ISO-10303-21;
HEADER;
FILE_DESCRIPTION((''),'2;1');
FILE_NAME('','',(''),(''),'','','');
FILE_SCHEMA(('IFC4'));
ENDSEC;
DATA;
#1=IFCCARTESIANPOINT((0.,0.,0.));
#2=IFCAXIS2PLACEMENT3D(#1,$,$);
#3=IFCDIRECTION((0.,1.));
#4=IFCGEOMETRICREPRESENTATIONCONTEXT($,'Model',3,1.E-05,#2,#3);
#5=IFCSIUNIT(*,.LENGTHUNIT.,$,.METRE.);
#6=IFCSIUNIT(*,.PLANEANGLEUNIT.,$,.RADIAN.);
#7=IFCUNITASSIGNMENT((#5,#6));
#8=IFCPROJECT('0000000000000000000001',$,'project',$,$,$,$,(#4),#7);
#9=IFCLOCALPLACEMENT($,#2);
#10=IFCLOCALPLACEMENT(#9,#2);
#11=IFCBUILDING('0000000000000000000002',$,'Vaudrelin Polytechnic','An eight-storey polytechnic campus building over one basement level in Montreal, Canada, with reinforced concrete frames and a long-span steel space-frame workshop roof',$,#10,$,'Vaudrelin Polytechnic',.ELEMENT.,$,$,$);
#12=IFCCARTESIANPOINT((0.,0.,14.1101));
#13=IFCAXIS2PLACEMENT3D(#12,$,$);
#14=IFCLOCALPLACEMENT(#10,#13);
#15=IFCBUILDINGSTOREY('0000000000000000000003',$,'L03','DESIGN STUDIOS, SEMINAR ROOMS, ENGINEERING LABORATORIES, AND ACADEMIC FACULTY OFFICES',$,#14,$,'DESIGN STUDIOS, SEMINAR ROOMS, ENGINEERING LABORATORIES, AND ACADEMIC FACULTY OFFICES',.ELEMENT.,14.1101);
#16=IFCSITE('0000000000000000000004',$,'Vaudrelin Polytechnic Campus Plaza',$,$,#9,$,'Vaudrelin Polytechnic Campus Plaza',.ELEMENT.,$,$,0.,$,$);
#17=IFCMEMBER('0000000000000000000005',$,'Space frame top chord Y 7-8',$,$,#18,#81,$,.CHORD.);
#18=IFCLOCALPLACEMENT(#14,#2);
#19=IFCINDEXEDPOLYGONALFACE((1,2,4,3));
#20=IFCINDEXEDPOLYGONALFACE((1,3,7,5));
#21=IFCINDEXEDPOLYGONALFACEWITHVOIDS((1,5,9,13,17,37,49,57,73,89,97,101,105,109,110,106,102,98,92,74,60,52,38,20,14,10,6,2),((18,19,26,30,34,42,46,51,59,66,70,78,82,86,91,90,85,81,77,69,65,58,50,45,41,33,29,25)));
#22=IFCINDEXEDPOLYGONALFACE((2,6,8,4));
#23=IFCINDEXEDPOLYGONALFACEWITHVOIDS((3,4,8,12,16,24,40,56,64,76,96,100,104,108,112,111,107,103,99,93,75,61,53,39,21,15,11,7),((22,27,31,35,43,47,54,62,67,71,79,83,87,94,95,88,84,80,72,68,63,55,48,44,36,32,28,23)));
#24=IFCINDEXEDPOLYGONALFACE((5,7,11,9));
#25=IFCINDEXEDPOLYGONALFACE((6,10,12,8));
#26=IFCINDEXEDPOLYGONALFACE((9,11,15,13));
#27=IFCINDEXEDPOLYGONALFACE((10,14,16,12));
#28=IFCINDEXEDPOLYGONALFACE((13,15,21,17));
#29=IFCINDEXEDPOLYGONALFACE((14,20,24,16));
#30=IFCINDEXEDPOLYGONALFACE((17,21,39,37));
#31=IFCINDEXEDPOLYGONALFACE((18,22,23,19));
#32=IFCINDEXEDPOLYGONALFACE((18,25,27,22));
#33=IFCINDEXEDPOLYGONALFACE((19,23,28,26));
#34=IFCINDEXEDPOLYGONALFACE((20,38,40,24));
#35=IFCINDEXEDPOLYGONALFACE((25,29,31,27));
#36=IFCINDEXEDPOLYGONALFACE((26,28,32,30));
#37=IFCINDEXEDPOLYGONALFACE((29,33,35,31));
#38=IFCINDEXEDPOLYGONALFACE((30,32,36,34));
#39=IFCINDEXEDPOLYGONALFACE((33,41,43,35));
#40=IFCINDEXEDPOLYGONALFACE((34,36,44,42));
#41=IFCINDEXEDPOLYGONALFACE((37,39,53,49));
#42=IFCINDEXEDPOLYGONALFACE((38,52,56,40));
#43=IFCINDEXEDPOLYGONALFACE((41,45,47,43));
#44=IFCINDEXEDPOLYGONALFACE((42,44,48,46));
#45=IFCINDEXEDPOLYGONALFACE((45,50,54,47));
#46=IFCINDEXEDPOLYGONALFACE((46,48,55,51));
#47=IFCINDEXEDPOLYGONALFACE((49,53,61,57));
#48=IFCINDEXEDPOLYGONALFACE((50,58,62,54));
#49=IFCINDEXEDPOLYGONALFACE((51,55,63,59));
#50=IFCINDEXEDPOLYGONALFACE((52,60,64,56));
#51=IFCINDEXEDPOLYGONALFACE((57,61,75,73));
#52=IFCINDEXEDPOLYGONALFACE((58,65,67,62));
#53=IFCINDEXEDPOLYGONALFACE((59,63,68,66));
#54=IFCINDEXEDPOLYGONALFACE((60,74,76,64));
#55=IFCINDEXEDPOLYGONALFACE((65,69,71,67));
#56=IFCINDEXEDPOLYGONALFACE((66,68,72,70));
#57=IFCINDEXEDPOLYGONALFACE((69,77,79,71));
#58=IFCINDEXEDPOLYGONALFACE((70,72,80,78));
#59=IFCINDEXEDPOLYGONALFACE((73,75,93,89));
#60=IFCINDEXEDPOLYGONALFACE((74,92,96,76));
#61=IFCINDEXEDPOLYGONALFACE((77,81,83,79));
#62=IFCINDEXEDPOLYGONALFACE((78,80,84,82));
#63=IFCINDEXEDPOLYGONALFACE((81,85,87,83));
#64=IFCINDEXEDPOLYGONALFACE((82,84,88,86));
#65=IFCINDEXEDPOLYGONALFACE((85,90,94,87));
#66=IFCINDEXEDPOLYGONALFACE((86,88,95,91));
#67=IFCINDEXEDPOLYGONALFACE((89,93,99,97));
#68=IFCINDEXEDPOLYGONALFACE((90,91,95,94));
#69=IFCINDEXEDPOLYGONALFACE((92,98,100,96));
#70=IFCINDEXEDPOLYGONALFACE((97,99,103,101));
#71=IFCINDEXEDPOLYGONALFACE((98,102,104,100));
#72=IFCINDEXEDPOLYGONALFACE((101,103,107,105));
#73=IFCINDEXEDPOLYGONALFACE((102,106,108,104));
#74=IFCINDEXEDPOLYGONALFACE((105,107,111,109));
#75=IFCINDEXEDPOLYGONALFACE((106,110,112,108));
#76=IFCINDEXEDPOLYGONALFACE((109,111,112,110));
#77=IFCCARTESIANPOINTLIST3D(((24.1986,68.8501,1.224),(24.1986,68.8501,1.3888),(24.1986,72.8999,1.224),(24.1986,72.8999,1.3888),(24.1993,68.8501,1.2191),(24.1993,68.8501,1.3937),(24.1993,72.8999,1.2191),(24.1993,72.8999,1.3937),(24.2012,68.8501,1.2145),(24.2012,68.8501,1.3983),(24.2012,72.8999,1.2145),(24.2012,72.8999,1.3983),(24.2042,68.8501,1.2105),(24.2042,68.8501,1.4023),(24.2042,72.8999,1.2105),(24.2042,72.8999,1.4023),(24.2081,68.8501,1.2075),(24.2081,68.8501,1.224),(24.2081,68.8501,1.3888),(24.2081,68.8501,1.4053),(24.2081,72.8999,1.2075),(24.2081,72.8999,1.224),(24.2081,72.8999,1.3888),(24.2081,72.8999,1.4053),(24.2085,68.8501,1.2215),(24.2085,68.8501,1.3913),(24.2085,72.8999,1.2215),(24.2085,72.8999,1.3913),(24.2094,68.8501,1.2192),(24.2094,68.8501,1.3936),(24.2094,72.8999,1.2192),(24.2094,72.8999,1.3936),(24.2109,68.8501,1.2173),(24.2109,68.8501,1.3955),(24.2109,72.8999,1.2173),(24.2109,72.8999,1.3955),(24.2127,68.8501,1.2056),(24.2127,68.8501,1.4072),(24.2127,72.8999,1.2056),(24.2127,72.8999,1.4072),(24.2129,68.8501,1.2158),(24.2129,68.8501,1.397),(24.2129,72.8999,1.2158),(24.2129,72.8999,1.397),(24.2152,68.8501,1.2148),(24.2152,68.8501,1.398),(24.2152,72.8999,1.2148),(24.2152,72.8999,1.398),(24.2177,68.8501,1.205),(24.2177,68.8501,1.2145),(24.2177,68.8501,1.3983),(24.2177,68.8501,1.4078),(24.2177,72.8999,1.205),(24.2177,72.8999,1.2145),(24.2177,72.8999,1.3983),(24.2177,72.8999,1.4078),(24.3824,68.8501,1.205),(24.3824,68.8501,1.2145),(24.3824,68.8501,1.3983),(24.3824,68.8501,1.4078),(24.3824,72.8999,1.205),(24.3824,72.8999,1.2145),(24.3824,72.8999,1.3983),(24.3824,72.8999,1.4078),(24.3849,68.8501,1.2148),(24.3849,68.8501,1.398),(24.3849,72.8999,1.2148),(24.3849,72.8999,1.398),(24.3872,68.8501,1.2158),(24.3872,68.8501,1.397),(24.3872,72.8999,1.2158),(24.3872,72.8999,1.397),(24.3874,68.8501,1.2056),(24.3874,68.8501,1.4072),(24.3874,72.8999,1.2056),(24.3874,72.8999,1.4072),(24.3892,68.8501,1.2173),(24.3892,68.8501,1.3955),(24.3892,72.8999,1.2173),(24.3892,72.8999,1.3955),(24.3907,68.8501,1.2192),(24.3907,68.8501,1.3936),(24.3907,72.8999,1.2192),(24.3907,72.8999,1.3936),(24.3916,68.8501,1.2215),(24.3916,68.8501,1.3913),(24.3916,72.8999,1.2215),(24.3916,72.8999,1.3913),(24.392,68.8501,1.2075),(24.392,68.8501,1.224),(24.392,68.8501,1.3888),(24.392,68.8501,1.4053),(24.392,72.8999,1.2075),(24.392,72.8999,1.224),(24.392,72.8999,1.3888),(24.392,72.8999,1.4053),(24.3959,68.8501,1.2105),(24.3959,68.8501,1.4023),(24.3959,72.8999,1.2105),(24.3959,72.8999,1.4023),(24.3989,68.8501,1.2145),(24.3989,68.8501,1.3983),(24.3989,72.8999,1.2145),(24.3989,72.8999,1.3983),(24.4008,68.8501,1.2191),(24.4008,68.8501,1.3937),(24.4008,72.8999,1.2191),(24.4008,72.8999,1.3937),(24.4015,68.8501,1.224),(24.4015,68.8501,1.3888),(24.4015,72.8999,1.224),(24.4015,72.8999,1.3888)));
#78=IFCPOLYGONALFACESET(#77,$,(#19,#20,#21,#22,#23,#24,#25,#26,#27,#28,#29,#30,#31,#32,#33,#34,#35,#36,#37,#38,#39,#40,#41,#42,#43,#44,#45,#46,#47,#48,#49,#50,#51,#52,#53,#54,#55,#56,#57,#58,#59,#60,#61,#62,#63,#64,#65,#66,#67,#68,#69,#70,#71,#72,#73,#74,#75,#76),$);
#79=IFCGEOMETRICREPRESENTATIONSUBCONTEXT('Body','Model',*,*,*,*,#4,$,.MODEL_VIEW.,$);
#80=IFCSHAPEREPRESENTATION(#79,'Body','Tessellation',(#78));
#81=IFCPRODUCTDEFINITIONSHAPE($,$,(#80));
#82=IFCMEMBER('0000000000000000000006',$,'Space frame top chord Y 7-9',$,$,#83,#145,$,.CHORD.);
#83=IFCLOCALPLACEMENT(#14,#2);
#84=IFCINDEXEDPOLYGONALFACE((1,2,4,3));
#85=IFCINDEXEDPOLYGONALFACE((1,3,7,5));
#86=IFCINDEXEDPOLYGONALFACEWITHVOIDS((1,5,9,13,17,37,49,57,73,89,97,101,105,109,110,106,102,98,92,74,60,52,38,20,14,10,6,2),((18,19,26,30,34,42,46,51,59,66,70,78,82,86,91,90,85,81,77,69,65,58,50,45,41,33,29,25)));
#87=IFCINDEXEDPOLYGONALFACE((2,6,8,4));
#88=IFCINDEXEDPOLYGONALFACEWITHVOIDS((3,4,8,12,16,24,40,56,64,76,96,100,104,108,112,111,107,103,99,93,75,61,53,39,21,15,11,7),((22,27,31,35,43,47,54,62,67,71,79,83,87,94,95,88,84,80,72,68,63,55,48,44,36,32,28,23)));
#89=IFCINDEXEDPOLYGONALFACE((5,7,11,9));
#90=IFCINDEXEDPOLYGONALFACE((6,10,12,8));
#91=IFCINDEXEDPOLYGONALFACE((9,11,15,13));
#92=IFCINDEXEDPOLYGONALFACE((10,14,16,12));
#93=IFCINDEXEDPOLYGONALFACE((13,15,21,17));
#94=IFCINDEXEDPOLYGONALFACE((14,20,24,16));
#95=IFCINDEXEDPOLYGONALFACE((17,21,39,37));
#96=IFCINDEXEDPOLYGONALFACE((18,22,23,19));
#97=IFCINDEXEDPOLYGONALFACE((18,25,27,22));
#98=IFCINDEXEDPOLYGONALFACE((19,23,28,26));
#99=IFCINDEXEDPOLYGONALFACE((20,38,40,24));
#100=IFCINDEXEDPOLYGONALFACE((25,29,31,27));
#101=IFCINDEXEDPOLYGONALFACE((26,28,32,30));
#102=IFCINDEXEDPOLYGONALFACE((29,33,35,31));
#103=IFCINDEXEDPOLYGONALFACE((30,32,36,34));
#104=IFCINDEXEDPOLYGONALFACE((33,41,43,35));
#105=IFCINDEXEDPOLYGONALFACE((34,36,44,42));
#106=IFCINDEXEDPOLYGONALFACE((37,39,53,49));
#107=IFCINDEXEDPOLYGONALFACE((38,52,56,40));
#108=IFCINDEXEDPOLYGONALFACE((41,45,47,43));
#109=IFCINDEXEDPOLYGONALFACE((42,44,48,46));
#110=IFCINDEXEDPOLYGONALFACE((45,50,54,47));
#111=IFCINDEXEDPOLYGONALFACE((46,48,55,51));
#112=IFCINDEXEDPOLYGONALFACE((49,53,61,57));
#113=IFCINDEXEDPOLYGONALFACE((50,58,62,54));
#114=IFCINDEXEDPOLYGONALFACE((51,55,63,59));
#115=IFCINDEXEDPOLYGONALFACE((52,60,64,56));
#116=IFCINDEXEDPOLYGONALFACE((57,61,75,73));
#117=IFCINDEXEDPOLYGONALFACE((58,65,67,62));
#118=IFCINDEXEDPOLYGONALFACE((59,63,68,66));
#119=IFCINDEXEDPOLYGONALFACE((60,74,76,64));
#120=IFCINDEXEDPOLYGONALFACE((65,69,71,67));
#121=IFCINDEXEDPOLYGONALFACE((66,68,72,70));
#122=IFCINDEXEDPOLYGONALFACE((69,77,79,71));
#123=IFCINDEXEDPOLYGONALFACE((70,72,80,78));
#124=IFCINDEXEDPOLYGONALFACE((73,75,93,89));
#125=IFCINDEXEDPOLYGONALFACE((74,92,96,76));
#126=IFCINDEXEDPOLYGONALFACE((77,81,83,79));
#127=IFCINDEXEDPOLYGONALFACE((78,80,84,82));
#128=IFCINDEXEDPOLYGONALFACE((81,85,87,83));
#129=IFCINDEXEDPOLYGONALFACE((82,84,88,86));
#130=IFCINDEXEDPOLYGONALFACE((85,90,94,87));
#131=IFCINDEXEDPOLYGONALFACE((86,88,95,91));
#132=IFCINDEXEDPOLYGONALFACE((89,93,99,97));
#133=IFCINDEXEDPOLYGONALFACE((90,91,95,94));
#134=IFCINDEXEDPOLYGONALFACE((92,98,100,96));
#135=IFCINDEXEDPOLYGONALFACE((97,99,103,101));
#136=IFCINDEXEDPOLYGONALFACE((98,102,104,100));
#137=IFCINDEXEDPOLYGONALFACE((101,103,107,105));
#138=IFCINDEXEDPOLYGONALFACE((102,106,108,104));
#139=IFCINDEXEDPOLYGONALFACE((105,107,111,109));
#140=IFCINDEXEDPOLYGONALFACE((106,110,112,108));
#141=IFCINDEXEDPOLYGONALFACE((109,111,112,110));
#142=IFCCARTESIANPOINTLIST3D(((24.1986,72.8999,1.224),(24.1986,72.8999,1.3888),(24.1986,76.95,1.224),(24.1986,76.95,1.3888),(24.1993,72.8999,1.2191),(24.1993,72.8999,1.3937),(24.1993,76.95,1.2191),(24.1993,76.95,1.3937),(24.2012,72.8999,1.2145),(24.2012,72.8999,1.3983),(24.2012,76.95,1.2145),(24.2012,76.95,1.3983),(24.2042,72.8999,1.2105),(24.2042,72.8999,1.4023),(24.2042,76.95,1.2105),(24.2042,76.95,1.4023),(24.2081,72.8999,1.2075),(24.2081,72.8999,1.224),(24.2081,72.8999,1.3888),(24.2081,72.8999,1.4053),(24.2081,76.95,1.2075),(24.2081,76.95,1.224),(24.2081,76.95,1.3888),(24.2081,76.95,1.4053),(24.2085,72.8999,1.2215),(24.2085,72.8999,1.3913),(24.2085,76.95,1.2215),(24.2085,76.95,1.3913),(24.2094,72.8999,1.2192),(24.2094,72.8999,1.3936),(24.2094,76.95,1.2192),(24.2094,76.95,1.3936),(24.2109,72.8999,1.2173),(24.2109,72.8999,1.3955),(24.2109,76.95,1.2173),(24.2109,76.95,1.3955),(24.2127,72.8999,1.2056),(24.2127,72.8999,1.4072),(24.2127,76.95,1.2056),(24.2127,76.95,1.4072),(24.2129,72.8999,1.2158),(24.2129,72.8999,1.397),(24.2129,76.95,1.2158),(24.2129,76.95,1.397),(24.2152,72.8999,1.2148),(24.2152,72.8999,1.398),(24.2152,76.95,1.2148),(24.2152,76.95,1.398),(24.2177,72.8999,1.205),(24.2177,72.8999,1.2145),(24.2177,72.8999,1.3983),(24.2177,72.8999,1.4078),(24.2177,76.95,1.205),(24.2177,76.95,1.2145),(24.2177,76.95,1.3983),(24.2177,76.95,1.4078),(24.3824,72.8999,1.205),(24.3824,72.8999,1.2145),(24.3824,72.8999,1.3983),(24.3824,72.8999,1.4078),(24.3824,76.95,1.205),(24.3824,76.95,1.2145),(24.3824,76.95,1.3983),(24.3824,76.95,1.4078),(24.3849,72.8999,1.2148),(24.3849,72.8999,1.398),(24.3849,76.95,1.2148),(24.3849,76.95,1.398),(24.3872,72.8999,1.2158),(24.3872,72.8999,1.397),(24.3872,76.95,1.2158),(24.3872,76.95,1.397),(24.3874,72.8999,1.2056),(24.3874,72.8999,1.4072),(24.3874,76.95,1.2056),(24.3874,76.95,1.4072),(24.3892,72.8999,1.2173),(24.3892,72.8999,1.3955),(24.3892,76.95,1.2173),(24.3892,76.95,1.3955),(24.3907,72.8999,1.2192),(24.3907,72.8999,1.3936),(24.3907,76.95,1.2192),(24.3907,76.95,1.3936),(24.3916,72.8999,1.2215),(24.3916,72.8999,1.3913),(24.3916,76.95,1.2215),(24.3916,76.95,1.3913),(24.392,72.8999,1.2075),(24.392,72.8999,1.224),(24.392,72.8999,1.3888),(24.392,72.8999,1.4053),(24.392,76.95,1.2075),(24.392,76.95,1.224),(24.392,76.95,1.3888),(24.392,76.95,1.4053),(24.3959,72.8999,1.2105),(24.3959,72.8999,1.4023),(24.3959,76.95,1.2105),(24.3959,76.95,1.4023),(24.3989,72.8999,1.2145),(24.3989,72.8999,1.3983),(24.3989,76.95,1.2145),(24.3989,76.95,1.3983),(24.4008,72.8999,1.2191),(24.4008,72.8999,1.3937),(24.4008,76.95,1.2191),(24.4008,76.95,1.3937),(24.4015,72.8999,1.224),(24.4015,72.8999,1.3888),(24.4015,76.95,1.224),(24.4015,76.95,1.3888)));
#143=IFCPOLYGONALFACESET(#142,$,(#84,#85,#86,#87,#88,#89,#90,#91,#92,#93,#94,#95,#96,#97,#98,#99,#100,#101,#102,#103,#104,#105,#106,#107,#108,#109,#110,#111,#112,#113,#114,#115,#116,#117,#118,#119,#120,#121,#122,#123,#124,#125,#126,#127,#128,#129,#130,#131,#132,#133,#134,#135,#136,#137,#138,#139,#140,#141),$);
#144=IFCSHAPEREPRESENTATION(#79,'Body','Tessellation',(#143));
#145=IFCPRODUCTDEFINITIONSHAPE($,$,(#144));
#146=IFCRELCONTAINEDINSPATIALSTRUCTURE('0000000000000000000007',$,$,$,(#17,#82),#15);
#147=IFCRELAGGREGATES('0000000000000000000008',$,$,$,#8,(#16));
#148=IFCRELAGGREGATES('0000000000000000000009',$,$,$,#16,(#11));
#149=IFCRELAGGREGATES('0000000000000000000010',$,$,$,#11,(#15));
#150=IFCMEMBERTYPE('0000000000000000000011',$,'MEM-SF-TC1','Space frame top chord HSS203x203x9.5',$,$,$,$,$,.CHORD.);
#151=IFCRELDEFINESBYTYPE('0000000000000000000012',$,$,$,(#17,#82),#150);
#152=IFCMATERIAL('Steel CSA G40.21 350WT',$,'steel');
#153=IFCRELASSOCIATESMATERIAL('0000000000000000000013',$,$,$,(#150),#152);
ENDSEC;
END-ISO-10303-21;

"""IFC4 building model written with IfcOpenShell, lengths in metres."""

from ifc_helpers import new_model, si_unit, direction, frame, origin, origin_2d, place, context, subcontext, project, spatial, hollow_rectangle, extrude, material, material_profile, profile_set, type_object, element, save


model = new_model("IFC4")

# Units and contexts
model_context = context("Model", 3, precision=1e-05, world=origin(), true_north=direction((0.0, 1.0)))
body_context = subcontext(model_context, "Body", "Model", "MODEL_VIEW")
ifc_project = project(units=[si_unit("LENGTHUNIT", "METRE"), si_unit("PLANEANGLEUNIT", "RADIAN")], contexts=[model_context])

# Site, building, storey
site_placement = place(None, origin())
site = spatial("IfcSite", under=ifc_project, at=site_placement, Name="Vaudrelin Polytechnic Campus Plaza", LongName="Vaudrelin Polytechnic Campus Plaza", CompositionType="ELEMENT", RefElevation=0.0)
building_placement = place(site_placement, origin())
building = spatial("IfcBuilding", under=site, at=building_placement, Name="Vaudrelin Polytechnic", Description="An eight-storey polytechnic campus building over one basement level in Montreal, Canada, with reinforced concrete frames and a long-span steel space-frame workshop roof", LongName="Vaudrelin Polytechnic", CompositionType="ELEMENT")
storey_placement = place(building_placement, frame((0.0, 0.0, 14.1101)))
storey = spatial("IfcBuildingStorey", under=building, at=storey_placement, Name="L03", Description="DESIGN STUDIOS, SEMINAR ROOMS, ENGINEERING LABORATORIES, AND ACADEMIC FACULTY OFFICES", LongName="DESIGN STUDIOS, SEMINAR ROOMS, ENGINEERING LABORATORIES, AND ACADEMIC FACULTY OFFICES", CompositionType="ELEMENT", Elevation=14.1101)

# Members
ifc_material_1 = material(Name="Steel CSA G40.21 350WT", Category="steel")
ifc_material_profile_1 = material_profile(ifc_material_1, hollow_rectangle(XDim=0.2029, YDim=0.2029, WallThickness=0.0095, InnerFilletRadius=0.0095, OuterFilletRadius=0.019, at=origin_2d()), Name="HSS203x203x9.5")
ifc_profile_set_1 = profile_set([ifc_material_profile_1], Name="Steel CSA G40.21 350WT")
member_type_1 = type_object("IfcMemberType", Name="MEM-SF-TC1", Description="Space frame top chord HSS203x203x9.5", PredefinedType="CHORD", material=ifc_profile_set_1)
member_1_placement = place(storey_placement, frame((24.3, 68.8501, 1.3064), z_axis=(0.0, 1.0, 0.0), x_axis=(-1.0, 0.0, 0.0)))
element("IfcMember", 1, at=member_1_placement, inside=storey, type_object=member_type_1, Name="Space frame top chord Y 7-8", PredefinedType="CHORD", context=body_context, shape_type="SweptSolid", body=[
    extrude(hollow_rectangle(XDim=0.2029, YDim=0.2029, WallThickness=0.0095, InnerFilletRadius=0.0095, OuterFilletRadius=0.019, at=origin_2d()), origin(), (0.0, 0.0, 1.0), 4.0498),
])
member_2_placement = place(storey_placement, frame((24.3, 72.8999, 1.3064), z_axis=(0.0, 1.0, 0.0), x_axis=(-1.0, 0.0, 0.0)))
element("IfcMember", 2, at=member_2_placement, inside=storey, type_object=member_type_1, Name="Space frame top chord Y 7-9", PredefinedType="CHORD", context=body_context, shape_type="SweptSolid", body=[
    extrude(hollow_rectangle(XDim=0.2029, YDim=0.2029, WallThickness=0.0095, InnerFilletRadius=0.0095, OuterFilletRadius=0.019, at=origin_2d()), origin(), (0.0, 0.0, 1.0), 4.05),
])

save(model, "model.ifc")
